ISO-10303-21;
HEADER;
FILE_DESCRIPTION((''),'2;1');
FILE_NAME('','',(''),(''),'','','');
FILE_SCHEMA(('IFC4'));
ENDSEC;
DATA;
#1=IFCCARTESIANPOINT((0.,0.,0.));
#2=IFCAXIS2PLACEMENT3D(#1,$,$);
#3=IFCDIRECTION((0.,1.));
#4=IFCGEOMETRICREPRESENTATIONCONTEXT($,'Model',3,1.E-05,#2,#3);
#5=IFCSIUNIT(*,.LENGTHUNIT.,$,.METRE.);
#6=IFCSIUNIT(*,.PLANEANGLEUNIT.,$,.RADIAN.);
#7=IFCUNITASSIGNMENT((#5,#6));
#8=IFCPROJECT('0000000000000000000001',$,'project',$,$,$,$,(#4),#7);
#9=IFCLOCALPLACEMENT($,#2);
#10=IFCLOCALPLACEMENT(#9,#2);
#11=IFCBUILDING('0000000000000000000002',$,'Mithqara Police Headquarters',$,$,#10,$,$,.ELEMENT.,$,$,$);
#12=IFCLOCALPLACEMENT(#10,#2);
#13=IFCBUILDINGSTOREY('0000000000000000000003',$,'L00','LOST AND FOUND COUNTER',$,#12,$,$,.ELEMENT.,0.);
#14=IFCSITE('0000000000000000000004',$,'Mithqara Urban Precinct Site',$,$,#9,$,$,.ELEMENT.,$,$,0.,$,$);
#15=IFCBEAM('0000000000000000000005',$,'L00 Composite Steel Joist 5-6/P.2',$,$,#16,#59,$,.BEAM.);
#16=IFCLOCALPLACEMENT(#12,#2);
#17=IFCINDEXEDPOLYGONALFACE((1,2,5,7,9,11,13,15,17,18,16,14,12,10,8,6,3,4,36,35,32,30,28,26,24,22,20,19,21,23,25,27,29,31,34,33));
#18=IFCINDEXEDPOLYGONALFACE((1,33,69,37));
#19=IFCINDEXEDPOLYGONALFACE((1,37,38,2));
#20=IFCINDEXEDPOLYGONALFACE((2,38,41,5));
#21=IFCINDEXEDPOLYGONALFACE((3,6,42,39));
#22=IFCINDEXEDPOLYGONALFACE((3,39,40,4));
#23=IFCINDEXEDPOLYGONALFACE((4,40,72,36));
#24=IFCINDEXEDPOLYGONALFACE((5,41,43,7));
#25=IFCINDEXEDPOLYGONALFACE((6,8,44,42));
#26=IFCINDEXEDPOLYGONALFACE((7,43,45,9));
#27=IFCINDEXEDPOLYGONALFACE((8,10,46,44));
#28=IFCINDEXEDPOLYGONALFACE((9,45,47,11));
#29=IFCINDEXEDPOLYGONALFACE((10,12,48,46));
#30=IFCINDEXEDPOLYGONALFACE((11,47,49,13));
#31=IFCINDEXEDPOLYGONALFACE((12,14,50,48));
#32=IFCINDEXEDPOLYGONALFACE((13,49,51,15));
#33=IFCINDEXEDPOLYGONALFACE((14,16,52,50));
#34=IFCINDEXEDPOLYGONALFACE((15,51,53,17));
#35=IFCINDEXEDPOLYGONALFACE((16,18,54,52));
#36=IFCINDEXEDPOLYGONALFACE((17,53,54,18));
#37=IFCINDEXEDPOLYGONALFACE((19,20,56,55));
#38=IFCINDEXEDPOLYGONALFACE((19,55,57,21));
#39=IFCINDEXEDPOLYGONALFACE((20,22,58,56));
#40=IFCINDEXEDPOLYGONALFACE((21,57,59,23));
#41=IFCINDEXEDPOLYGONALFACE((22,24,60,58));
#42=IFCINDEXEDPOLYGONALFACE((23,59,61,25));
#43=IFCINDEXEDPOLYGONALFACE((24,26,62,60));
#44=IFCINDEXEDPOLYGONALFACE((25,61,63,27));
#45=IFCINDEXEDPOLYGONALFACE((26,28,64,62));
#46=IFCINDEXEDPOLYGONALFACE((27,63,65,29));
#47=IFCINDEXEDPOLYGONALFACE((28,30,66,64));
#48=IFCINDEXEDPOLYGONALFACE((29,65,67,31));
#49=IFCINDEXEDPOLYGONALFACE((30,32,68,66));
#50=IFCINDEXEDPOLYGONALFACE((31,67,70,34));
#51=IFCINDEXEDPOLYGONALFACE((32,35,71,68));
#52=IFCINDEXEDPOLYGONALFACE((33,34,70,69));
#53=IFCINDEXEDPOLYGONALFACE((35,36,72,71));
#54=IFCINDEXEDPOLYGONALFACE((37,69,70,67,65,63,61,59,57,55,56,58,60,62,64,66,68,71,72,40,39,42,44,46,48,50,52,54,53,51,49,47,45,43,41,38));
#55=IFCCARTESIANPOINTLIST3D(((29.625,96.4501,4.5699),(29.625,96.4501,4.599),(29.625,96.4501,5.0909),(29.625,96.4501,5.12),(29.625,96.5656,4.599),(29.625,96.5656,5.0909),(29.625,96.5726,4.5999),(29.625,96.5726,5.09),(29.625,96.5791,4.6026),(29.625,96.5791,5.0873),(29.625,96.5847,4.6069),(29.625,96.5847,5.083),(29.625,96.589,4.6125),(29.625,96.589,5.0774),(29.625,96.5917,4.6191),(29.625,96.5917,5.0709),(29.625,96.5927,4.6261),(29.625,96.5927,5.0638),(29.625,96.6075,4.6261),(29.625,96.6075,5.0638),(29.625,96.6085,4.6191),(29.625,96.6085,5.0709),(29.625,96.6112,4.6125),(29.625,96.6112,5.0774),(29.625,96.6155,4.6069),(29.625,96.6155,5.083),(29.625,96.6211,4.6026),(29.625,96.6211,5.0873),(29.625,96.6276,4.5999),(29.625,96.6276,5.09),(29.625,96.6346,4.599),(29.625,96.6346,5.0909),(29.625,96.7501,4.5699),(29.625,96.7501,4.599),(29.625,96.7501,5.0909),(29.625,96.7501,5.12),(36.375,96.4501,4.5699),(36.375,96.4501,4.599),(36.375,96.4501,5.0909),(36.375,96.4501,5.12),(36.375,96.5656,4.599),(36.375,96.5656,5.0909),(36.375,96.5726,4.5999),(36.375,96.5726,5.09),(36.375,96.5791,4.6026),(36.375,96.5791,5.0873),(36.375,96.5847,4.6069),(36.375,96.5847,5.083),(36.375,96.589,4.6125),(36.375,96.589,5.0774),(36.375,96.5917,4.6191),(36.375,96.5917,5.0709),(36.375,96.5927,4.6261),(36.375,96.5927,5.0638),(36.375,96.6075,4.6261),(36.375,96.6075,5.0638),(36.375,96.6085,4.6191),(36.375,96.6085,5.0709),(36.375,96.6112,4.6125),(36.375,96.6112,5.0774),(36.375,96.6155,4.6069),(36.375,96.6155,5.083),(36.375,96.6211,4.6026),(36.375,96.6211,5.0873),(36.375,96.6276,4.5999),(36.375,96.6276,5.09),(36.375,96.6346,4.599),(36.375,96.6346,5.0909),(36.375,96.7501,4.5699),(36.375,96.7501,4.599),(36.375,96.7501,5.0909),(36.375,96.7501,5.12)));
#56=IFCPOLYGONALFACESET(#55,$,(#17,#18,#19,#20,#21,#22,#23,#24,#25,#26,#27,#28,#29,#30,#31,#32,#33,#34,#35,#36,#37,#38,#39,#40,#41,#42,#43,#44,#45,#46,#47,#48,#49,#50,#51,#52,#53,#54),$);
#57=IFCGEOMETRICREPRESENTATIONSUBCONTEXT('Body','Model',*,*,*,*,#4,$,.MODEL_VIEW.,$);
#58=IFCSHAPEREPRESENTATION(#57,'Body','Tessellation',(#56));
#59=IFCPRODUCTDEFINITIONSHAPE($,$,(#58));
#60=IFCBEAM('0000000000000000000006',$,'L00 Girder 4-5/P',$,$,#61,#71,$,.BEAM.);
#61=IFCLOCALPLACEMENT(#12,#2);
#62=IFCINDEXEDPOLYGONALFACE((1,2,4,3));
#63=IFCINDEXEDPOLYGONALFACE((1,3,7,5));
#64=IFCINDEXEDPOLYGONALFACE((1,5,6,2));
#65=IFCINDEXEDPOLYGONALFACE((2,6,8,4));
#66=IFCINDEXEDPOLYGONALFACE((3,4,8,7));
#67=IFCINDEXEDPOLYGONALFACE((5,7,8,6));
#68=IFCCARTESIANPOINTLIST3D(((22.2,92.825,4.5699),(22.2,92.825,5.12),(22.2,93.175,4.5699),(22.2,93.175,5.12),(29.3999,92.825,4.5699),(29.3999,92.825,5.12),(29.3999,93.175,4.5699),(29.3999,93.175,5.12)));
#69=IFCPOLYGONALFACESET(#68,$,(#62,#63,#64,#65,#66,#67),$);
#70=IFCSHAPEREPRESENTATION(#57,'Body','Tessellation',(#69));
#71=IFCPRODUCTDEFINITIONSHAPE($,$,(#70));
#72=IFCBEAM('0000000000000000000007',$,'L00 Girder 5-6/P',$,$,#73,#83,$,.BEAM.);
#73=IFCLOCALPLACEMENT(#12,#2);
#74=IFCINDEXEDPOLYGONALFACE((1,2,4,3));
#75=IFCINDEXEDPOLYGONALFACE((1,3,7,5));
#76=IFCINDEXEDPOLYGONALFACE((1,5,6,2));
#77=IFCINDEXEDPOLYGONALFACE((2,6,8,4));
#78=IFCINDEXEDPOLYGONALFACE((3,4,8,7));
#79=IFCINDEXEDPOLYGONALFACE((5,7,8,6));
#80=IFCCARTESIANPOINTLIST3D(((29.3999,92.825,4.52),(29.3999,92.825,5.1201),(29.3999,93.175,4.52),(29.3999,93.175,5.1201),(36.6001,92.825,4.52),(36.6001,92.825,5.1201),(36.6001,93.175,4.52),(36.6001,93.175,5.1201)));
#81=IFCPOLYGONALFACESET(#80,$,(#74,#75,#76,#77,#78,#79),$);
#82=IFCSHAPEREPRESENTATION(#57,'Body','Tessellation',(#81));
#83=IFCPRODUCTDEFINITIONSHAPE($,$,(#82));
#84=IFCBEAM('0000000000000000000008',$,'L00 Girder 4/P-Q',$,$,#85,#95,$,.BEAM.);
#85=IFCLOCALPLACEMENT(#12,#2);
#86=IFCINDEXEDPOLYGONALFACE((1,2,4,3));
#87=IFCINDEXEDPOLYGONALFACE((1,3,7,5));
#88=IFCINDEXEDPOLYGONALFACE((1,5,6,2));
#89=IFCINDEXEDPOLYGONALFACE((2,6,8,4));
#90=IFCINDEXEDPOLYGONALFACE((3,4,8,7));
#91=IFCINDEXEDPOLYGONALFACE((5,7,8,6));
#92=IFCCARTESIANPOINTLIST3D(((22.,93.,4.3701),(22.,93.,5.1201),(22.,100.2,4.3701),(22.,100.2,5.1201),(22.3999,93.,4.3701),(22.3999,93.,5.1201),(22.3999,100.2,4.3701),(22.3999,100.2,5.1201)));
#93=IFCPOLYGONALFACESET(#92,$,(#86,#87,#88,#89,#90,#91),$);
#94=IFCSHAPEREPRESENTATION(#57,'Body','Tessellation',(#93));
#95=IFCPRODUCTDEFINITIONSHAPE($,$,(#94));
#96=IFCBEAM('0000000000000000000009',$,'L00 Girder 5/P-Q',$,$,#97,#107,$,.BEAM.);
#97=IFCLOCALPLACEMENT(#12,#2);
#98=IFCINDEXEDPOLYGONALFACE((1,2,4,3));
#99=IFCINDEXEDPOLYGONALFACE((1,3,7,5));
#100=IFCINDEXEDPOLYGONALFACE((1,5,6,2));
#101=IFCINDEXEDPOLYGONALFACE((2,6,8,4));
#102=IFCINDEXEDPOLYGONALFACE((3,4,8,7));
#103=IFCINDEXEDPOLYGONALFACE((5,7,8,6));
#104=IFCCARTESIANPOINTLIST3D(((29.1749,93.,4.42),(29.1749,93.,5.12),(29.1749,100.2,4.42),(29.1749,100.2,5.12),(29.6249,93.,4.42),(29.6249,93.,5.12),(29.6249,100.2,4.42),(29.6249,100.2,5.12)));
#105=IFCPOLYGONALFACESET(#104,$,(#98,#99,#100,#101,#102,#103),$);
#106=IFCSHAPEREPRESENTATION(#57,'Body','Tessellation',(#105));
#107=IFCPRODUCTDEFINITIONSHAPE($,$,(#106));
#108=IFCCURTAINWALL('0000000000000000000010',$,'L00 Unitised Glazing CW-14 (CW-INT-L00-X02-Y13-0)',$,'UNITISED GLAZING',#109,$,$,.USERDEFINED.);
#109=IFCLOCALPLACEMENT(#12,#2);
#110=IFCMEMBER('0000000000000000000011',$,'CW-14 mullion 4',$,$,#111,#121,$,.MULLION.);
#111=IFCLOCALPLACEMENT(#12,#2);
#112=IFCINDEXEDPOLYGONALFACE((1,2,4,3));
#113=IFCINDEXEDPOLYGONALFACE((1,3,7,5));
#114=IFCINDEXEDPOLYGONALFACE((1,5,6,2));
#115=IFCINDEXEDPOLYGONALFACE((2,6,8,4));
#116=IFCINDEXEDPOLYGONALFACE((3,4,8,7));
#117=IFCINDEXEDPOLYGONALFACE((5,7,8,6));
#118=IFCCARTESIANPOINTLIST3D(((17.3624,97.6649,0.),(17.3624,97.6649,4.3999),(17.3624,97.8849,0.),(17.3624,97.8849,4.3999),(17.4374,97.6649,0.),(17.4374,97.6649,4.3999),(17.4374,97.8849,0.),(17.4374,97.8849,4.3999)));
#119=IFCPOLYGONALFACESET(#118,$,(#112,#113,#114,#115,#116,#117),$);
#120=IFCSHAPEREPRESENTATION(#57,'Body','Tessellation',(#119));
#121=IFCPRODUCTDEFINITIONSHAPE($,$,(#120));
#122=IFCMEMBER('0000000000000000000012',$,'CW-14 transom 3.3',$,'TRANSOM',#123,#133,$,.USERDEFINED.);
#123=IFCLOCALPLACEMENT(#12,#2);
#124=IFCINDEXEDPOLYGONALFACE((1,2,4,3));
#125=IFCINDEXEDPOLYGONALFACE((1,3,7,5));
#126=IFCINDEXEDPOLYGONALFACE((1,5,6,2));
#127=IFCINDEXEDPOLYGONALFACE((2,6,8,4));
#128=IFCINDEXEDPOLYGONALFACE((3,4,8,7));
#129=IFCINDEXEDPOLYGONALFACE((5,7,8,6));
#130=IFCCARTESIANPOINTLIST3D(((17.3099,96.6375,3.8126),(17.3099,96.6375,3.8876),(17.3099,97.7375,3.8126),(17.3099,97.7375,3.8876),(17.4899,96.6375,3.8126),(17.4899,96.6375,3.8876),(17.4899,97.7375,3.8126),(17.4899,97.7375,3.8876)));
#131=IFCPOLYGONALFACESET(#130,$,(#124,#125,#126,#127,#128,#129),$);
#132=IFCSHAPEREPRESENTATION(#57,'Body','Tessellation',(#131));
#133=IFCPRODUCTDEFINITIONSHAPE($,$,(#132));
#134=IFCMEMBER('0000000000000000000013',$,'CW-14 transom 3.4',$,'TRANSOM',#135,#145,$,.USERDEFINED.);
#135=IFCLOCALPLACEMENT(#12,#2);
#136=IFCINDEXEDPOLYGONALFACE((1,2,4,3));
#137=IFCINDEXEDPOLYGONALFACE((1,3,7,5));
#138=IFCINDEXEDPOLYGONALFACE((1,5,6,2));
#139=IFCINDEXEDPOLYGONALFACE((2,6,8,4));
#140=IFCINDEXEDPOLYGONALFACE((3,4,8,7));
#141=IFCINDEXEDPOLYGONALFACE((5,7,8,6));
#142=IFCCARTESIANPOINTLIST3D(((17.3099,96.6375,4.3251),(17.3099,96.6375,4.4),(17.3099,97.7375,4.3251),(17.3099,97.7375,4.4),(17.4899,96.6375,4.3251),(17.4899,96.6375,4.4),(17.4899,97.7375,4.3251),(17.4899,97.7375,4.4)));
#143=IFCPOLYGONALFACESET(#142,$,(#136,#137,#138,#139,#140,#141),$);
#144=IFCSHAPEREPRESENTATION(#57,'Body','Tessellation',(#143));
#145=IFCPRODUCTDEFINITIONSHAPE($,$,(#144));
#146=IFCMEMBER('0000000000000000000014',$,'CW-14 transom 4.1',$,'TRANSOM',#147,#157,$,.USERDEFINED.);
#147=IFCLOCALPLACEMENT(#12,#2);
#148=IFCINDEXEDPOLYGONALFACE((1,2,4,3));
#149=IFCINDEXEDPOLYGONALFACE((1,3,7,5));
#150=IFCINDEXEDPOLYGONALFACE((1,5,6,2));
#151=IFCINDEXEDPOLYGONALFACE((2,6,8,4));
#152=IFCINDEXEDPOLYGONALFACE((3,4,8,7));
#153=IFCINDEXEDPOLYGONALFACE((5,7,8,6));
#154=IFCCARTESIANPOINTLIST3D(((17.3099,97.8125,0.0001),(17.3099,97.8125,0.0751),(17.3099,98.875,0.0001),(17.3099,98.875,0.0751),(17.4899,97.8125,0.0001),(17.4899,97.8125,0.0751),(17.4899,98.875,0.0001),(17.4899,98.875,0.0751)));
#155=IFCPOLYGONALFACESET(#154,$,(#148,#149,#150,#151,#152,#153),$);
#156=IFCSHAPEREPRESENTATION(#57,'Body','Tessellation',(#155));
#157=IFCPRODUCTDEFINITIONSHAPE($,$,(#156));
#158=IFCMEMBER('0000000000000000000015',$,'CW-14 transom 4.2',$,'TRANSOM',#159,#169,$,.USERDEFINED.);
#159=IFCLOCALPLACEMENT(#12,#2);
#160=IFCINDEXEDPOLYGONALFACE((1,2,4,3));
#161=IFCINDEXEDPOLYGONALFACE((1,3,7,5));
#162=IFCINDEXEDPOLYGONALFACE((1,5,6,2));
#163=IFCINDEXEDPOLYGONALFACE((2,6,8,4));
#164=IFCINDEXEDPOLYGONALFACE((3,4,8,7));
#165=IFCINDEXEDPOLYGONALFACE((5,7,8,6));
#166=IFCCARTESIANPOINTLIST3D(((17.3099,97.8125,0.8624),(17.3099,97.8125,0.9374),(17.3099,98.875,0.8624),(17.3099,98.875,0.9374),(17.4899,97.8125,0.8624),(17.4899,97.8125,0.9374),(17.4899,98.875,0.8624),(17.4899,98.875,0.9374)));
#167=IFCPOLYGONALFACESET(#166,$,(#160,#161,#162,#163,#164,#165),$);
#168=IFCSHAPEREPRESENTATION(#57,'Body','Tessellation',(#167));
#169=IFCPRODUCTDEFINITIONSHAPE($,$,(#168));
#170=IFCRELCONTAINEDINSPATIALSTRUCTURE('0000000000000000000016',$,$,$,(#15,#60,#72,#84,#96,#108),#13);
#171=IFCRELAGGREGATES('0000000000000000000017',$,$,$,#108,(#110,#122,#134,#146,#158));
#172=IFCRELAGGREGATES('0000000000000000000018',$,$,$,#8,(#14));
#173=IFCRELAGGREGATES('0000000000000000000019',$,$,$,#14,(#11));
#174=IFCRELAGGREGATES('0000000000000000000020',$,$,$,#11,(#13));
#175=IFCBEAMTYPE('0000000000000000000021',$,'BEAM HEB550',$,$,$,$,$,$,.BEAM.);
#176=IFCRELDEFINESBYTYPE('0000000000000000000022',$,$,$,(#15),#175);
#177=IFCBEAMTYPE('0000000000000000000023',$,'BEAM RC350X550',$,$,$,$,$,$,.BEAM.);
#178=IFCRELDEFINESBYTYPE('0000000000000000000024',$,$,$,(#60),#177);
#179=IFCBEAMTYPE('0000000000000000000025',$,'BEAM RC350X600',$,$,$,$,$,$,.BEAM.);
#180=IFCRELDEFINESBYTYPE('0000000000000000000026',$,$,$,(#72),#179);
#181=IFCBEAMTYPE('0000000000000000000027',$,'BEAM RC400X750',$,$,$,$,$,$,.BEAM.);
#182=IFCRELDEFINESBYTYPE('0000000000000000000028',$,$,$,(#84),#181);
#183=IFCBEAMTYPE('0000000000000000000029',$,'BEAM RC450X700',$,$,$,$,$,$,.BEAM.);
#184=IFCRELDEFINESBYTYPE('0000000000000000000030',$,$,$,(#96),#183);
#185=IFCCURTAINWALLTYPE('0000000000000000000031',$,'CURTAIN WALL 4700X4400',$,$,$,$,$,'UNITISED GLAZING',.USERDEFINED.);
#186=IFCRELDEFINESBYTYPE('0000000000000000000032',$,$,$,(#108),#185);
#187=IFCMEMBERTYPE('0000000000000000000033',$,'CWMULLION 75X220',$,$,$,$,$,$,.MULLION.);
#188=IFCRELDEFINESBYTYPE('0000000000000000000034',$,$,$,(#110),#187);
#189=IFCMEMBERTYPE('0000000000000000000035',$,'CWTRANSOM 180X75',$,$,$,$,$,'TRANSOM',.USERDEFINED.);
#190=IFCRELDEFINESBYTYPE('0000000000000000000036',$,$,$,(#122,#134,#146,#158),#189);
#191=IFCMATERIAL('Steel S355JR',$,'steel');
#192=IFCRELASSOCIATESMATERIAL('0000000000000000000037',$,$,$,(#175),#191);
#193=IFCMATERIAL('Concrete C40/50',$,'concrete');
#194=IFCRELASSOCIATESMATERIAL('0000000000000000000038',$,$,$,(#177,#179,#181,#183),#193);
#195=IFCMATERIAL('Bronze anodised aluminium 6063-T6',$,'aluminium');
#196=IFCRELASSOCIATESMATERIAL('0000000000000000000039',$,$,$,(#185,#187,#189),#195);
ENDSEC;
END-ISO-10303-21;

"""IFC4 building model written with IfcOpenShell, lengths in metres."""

from ifc_helpers import new_model, si_unit, direction, frame, origin, origin_2d, place, context, subcontext, project, spatial, rectangle, i_section, extrude, material, material_profile, profile_set, type_object, element, aggregate, save


model = new_model("IFC4")

# Units and contexts
model_context = context("Model", 3, precision=1e-05, world=origin(), true_north=direction((0.0, 1.0)))
body_context = subcontext(model_context, "Body", "Model", "MODEL_VIEW")
ifc_project = project(units=[si_unit("LENGTHUNIT", "METRE"), si_unit("PLANEANGLEUNIT", "RADIAN")], contexts=[model_context])

# Site, building, storey
site_placement = place(None, origin())
site = spatial("IfcSite", under=ifc_project, at=site_placement, Name="Mithqara Urban Precinct Site", CompositionType="ELEMENT", RefElevation=0.0)
building_placement = place(site_placement, origin())
building = spatial("IfcBuilding", under=site, at=building_placement, Name="Mithqara Police Headquarters", CompositionType="ELEMENT")
storey_placement = place(building_placement, origin())
storey = spatial("IfcBuildingStorey", under=building, at=storey_placement, Name="L00", Description="LOST AND FOUND COUNTER", CompositionType="ELEMENT", Elevation=0.0)

# Shared definitions
ifc_material_1 = material(Name="Concrete C40/50", Category="concrete")

# Beams
ifc_material_2 = material(Name="Steel S355JR", Category="steel")
ifc_material_profile_1 = material_profile(ifc_material_2, i_section(OverallWidth=0.3, OverallDepth=0.55, WebThickness=0.0149, FlangeThickness=0.0291, FilletRadius=0.0271, at=origin_2d()), Name="HEB 550")
ifc_profile_set_1 = profile_set([ifc_material_profile_1], Name="Steel S355JR")
beam_type_1 = type_object("IfcBeamType", Name="BEAM HEB550", PredefinedType="BEAM", material=ifc_profile_set_1)
for number, where, z_axis, x_axis, name in (
    (1, (29.625, 96.6001, 4.845), (1.0, 0.0, 0.0), (0.0, 1.0, 0.0), "L00 Composite Steel Joist 5-6/P.2"),
):
    element("IfcBeam", number, at=place(storey_placement, frame(where, z_axis=z_axis, x_axis=x_axis)), inside=storey, type_object=beam_type_1, Name=name, PredefinedType="BEAM", context=body_context, shape_type="SweptSolid", body=[
        extrude(i_section(OverallWidth=0.3, OverallDepth=0.55, WebThickness=0.0149, FlangeThickness=0.0291, FilletRadius=0.0271, at=origin_2d()), origin(), (0.0, 0.0, 1.0), 6.75),
    ])
ifc_material_profile_2 = material_profile(ifc_material_1, rectangle(XDim=0.3501, YDim=0.55, at=origin_2d()), Name="RC 350x550")
ifc_profile_set_2 = profile_set([ifc_material_profile_2], Name="Concrete C40/50")
beam_type_2 = type_object("IfcBeamType", Name="BEAM RC350X550", PredefinedType="BEAM", material=ifc_profile_set_2)
beam_1_placement = place(storey_placement, frame((22.2, 93.0, 4.845), z_axis=(1.0, 0.0, 0.0), x_axis=(0.0, 1.0, 0.0)))
element("IfcBeam", 2, at=beam_1_placement, inside=storey, type_object=beam_type_2, Name="L00 Girder 4-5/P", PredefinedType="BEAM", context=body_context, shape_type="SweptSolid", body=[
    extrude(rectangle(XDim=0.3501, YDim=0.55, at=origin_2d()), origin(), (0.0, 0.0, 1.0), 7.2),
])
ifc_material_profile_3 = material_profile(ifc_material_1, rectangle(XDim=0.3501, YDim=0.6001, at=origin_2d()), Name="RC 350x600")
ifc_profile_set_3 = profile_set([ifc_material_profile_3], Name="Concrete C40/50")
beam_type_3 = type_object("IfcBeamType", Name="BEAM RC350X600", PredefinedType="BEAM", material=ifc_profile_set_3)
beam_2_placement = place(storey_placement, frame((29.3999, 93.0, 4.8201), z_axis=(1.0, 0.0, 0.0), x_axis=(0.0, 1.0, 0.0)))
element("IfcBeam", 3, at=beam_2_placement, inside=storey, type_object=beam_type_3, Name="L00 Girder 5-6/P", PredefinedType="BEAM", context=body_context, shape_type="SweptSolid", body=[
    extrude(rectangle(XDim=0.3501, YDim=0.6001, at=origin_2d()), origin(), (0.0, 0.0, 1.0), 7.2002),
])
ifc_material_profile_4 = material_profile(ifc_material_1, rectangle(XDim=0.3999, YDim=0.75, at=origin_2d()), Name="RC 400x750")
ifc_profile_set_4 = profile_set([ifc_material_profile_4], Name="Concrete C40/50")
beam_type_4 = type_object("IfcBeamType", Name="BEAM RC400X750", PredefinedType="BEAM", material=ifc_profile_set_4)
beam_3_placement = place(storey_placement, frame((22.2, 93.0, 4.7451), z_axis=(0.0, 1.0, 0.0), x_axis=(-1.0, 0.0, 0.0)))
element("IfcBeam", 4, at=beam_3_placement, inside=storey, type_object=beam_type_4, Name="L00 Girder 4/P-Q", PredefinedType="BEAM", context=body_context, shape_type="SweptSolid", body=[
    extrude(rectangle(XDim=0.3999, YDim=0.75, at=origin_2d()), origin(), (0.0, 0.0, 1.0), 7.2),
])
ifc_material_profile_5 = material_profile(ifc_material_1, rectangle(XDim=0.45, YDim=0.7, at=origin_2d()), Name="RC 450x700")
ifc_profile_set_5 = profile_set([ifc_material_profile_5], Name="Concrete C40/50")
beam_type_5 = type_object("IfcBeamType", Name="BEAM RC450X700", PredefinedType="BEAM", material=ifc_profile_set_5)
beam_4_placement = place(storey_placement, frame((29.3999, 93.0, 4.77), z_axis=(0.0, 1.0, 0.0), x_axis=(-1.0, 0.0, 0.0)))
element("IfcBeam", 5, at=beam_4_placement, inside=storey, type_object=beam_type_5, Name="L00 Girder 5/P-Q", PredefinedType="BEAM", context=body_context, shape_type="SweptSolid", body=[
    extrude(rectangle(XDim=0.45, YDim=0.7, at=origin_2d()), origin(), (0.0, 0.0, 1.0), 7.2),
])

# Curtain wall, members
ifc_material_3 = material(Name="Bronze anodised aluminium 6063-T6", Category="aluminium")
curtain_wall_type = type_object("IfcCurtainWallType", Name="CURTAIN WALL 4700X4400", ElementType="UNITISED GLAZING", PredefinedType="USERDEFINED", material=ifc_material_3)
curtain_wall_placement = place(storey_placement, origin())
curtain_wall = element("IfcCurtainWall", 6, at=curtain_wall_placement, inside=storey, type_object=curtain_wall_type, Name="L00 Unitised Glazing CW-14 (CW-INT-L00-X02-Y13-0)", ObjectType="UNITISED GLAZING", PredefinedType="USERDEFINED")
ifc_material_profile_6 = material_profile(ifc_material_3, rectangle(XDim=0.075, YDim=0.22, at=origin_2d()), Name="CWM 75x220")
ifc_profile_set_6 = profile_set([ifc_material_profile_6], Name="Bronze anodised aluminium 6063-T6")
member_type_1 = type_object("IfcMemberType", Name="CWMULLION 75X220", PredefinedType="MULLION", material=ifc_profile_set_6)
member_1_placement = place(storey_placement, frame((17.3999, 97.7749, 0.0), z_axis=(0.0, 0.0, 1.0), x_axis=(-1.0, 0.0, 0.0)))
member_1 = element("IfcMember", 7, at=member_1_placement, type_object=member_type_1, Name="CW-14 mullion 4", PredefinedType="MULLION", context=body_context, shape_type="SweptSolid", body=[
    extrude(rectangle(XDim=0.075, YDim=0.22, at=origin_2d()), origin(), (0.0, 0.0, 1.0), 4.3999),
])
ifc_material_profile_7 = material_profile(ifc_material_3, rectangle(XDim=0.1799, YDim=0.075, at=origin_2d()), Name="CWT 180x75")
ifc_profile_set_7 = profile_set([ifc_material_profile_7], Name="Bronze anodised aluminium 6063-T6")
member_type_2 = type_object("IfcMemberType", Name="CWTRANSOM 180X75", ElementType="TRANSOM", PredefinedType="USERDEFINED", material=ifc_profile_set_7)
member_2_placement = place(storey_placement, frame((17.3999, 96.6375, 3.8501), z_axis=(0.0, 1.0, 0.0), x_axis=(-1.0, 0.0, 0.0)))
member_2 = element("IfcMember", 8, at=member_2_placement, type_object=member_type_2, Name="CW-14 transom 3.3", ObjectType="TRANSOM", PredefinedType="USERDEFINED", context=body_context, shape_type="SweptSolid", body=[
    extrude(rectangle(XDim=0.1799, YDim=0.075, at=origin_2d()), origin(), (0.0, 0.0, 1.0), 1.1001),
])
member_3_placement = place(storey_placement, frame((17.3999, 96.6375, 4.3625), z_axis=(0.0, 1.0, 0.0), x_axis=(-1.0, 0.0, 0.0)))
member_3 = element("IfcMember", 9, at=member_3_placement, type_object=member_type_2, Name="CW-14 transom 3.4", ObjectType="TRANSOM", PredefinedType="USERDEFINED", context=body_context, shape_type="SweptSolid", body=[
    extrude(rectangle(XDim=0.1799, YDim=0.075, at=origin_2d()), origin(), (0.0, 0.0, 1.0), 1.1001),
])
member_4_placement = place(storey_placement, frame((17.3999, 97.8125, 0.0376), z_axis=(0.0, 1.0, 0.0), x_axis=(-1.0, 0.0, 0.0)))
member_4 = element("IfcMember", 10, at=member_4_placement, type_object=member_type_2, Name="CW-14 transom 4.1", ObjectType="TRANSOM", PredefinedType="USERDEFINED", context=body_context, shape_type="SweptSolid", body=[
    extrude(rectangle(XDim=0.1799, YDim=0.075, at=origin_2d()), origin(), (0.0, 0.0, 1.0), 1.0625),
])
member_5_placement = place(storey_placement, frame((17.3999, 97.8125, 0.8999), z_axis=(0.0, 1.0, 0.0), x_axis=(-1.0, 0.0, 0.0)))
member_5 = element("IfcMember", 11, at=member_5_placement, type_object=member_type_2, Name="CW-14 transom 4.2", ObjectType="TRANSOM", PredefinedType="USERDEFINED", context=body_context, shape_type="SweptSolid", body=[
    extrude(rectangle(XDim=0.1799, YDim=0.075, at=origin_2d()), origin(), (0.0, 0.0, 1.0), 1.0625),
])
aggregate(curtain_wall, [member_1, member_2, member_3, member_4, member_5])

save(model, "model.ifc")
